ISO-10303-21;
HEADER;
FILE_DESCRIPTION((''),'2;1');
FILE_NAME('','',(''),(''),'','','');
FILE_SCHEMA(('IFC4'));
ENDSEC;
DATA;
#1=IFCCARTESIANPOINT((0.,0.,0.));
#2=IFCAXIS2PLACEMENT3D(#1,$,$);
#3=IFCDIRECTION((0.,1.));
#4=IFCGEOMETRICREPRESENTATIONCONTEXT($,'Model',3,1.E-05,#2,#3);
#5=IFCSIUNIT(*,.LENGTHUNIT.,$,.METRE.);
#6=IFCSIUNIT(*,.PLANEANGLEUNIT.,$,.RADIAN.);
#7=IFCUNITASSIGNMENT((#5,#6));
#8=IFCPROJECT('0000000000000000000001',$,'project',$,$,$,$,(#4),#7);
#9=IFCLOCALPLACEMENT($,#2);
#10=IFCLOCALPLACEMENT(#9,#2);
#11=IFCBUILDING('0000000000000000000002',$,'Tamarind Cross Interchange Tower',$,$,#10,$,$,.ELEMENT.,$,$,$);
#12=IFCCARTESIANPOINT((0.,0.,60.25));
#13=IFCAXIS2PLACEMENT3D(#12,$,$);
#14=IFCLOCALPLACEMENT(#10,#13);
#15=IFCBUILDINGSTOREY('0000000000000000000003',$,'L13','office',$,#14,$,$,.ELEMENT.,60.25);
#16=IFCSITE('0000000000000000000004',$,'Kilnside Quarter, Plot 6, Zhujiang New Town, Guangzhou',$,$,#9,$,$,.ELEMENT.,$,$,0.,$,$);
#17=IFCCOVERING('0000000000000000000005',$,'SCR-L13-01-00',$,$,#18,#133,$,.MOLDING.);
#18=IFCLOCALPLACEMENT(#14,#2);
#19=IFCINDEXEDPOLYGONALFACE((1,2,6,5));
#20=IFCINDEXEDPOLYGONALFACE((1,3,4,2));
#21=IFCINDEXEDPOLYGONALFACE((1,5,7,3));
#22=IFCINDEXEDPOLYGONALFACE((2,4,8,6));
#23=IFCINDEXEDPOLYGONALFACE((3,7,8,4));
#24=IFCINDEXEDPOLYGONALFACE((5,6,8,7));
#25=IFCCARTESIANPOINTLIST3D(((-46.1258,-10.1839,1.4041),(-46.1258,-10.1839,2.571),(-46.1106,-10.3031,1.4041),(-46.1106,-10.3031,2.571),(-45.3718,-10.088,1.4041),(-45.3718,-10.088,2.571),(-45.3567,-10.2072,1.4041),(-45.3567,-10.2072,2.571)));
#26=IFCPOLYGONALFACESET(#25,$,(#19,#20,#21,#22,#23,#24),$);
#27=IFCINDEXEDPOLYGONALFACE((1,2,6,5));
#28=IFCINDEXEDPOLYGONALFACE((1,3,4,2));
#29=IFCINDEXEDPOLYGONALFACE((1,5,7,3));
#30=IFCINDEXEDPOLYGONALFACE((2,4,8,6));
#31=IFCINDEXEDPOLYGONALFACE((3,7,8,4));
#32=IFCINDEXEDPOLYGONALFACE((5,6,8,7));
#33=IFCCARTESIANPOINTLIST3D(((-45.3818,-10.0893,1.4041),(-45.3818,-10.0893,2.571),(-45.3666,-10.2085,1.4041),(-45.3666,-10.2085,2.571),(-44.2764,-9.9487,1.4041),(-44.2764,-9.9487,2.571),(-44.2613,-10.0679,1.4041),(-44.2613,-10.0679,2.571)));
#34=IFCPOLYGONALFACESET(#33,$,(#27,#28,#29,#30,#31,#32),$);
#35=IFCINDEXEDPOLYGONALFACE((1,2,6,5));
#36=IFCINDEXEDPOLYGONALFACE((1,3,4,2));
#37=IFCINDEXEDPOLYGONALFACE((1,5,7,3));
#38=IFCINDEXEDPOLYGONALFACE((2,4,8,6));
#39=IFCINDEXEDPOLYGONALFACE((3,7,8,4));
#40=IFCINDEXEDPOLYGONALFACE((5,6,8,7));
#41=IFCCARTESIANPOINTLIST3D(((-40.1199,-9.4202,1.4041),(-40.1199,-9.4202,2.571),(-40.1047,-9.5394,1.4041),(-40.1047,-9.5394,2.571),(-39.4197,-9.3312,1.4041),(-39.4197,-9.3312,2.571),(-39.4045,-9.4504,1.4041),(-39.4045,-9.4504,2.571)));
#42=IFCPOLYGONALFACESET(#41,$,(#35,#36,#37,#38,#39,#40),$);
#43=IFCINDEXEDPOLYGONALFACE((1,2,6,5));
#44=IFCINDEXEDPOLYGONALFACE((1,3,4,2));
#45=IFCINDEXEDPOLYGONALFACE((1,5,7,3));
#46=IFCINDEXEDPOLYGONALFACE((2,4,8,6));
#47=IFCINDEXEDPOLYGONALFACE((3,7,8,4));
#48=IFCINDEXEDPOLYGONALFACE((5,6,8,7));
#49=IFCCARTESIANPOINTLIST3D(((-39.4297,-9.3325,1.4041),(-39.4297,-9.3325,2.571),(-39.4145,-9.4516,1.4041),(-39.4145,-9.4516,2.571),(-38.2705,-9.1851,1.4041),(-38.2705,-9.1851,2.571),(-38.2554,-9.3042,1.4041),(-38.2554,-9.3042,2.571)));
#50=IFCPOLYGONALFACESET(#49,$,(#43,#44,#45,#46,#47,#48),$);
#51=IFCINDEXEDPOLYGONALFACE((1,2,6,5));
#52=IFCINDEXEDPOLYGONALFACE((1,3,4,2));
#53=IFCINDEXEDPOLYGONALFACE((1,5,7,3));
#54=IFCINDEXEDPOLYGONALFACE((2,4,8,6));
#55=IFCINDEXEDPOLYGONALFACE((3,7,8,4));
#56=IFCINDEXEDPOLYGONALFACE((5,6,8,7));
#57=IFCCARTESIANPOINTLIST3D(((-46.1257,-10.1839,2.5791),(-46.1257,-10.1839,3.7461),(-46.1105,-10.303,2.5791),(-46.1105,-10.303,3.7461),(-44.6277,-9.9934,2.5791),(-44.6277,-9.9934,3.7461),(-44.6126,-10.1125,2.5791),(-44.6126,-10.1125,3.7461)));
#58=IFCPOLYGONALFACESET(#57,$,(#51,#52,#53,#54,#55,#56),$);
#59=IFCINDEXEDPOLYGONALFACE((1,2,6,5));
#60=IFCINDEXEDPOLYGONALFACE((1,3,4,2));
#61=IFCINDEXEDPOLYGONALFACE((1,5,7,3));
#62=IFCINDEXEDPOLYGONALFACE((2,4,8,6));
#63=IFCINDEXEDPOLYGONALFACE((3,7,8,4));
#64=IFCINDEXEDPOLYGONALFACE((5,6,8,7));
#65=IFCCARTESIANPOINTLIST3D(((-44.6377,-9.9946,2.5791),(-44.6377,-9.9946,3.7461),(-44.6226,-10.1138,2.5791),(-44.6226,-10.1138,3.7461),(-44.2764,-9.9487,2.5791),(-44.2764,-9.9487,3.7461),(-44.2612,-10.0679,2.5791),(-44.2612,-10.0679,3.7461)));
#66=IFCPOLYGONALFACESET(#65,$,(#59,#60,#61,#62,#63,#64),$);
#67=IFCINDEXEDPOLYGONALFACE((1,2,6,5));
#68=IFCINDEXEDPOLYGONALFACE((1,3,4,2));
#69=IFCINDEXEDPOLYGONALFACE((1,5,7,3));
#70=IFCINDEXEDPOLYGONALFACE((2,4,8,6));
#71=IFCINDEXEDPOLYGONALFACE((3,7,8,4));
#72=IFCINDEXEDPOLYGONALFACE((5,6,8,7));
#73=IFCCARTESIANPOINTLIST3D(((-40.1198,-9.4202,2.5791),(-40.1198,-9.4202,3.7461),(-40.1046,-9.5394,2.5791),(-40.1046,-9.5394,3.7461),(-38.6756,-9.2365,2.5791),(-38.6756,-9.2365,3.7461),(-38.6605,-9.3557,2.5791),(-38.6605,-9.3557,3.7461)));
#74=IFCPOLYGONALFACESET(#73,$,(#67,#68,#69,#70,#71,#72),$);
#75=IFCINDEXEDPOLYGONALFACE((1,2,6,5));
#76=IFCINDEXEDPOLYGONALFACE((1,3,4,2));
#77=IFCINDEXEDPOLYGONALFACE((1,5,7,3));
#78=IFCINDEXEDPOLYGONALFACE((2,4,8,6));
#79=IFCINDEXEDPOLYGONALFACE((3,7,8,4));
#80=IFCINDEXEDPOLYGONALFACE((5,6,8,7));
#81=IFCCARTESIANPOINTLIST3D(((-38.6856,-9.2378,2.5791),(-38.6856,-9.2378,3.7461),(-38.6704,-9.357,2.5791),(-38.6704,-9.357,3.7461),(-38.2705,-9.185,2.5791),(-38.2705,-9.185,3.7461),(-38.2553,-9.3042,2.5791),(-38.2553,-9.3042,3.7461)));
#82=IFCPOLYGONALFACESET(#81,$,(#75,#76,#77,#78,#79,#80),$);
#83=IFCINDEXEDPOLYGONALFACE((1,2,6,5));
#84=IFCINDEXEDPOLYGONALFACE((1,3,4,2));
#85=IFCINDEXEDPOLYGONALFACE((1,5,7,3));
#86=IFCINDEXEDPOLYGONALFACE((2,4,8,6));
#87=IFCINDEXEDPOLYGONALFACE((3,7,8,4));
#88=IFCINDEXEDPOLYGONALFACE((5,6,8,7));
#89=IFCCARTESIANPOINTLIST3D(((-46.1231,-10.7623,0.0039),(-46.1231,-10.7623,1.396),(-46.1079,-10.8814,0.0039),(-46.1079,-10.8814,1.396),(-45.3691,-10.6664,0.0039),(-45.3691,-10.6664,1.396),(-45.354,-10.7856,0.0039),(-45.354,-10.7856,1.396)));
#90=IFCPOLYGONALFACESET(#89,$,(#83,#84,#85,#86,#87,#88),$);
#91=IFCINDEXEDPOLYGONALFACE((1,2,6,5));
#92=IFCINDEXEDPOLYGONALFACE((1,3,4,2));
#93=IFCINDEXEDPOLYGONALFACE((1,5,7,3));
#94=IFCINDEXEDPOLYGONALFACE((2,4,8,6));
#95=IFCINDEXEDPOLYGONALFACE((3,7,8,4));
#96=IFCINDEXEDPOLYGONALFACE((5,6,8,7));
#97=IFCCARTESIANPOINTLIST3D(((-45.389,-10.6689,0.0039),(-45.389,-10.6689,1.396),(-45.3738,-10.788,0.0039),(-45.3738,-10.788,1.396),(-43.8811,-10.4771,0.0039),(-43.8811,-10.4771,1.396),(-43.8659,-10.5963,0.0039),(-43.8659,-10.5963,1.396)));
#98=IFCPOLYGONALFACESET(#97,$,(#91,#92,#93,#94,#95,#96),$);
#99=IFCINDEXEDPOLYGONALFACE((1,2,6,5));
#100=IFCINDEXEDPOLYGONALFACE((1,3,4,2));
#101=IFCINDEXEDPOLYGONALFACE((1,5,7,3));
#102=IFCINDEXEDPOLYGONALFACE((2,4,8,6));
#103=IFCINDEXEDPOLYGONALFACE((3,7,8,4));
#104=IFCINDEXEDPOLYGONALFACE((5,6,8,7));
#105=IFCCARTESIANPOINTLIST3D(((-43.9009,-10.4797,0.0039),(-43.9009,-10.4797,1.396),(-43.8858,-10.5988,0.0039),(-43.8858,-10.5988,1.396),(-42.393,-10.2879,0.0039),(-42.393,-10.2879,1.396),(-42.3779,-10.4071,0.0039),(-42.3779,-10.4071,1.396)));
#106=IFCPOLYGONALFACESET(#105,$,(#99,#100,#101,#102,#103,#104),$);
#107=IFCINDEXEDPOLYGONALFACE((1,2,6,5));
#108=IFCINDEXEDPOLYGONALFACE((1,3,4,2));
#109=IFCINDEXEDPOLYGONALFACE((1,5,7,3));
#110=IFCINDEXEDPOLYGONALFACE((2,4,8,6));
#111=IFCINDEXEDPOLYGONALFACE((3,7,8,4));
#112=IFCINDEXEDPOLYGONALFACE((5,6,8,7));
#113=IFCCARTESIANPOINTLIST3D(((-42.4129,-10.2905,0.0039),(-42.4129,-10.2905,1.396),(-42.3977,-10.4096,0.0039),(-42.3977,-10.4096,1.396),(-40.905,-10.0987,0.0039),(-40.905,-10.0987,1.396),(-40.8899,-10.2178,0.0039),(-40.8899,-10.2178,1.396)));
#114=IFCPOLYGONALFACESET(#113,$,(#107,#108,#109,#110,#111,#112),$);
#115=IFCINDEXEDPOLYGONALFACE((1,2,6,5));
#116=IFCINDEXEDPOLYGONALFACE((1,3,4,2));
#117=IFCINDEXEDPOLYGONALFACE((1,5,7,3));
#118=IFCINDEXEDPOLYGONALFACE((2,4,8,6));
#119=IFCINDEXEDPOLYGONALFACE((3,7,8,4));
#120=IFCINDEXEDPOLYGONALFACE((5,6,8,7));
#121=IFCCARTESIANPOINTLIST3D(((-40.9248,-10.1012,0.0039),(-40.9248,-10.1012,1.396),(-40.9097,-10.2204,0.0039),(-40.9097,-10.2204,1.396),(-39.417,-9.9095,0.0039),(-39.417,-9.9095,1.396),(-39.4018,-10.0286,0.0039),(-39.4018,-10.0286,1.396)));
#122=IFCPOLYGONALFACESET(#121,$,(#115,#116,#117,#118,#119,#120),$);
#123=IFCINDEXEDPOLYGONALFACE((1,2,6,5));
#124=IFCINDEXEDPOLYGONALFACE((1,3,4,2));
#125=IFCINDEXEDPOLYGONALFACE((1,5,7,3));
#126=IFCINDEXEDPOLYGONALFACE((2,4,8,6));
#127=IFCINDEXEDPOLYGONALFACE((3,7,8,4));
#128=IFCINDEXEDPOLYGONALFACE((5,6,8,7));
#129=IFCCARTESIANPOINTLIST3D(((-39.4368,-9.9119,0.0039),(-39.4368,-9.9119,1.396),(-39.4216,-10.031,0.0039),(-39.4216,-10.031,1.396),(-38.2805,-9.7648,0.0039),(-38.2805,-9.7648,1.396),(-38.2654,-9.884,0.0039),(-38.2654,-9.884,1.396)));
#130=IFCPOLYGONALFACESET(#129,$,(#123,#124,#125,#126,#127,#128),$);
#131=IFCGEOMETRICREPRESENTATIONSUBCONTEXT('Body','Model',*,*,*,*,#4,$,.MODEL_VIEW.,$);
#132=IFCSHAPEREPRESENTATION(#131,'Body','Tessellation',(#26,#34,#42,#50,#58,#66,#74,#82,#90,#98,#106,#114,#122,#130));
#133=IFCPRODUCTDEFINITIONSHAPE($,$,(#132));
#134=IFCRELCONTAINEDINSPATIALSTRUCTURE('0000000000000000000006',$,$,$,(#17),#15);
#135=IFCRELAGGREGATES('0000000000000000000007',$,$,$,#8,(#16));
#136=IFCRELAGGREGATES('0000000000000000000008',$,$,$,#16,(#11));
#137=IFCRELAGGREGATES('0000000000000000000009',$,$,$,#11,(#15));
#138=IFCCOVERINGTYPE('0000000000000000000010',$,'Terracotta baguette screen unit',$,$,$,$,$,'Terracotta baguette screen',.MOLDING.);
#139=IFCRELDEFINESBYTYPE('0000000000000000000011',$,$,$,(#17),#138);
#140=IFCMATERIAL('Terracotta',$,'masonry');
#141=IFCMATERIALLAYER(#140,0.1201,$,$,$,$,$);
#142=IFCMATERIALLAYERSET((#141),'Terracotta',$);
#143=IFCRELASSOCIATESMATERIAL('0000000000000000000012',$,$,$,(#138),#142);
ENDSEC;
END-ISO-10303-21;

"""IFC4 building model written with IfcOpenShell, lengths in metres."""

from ifc_helpers import new_model, si_unit, direction, frame, origin, origin_2d, place, context, subcontext, project, spatial, rectangle, extrude, material, layer, layer_set, type_object, element, save


model = new_model("IFC4")

# Units and contexts
model_context = context("Model", 3, precision=1e-05, world=origin(), true_north=direction((0.0, 1.0)))
body_context = subcontext(model_context, "Body", "Model", "MODEL_VIEW")
ifc_project = project(units=[si_unit("LENGTHUNIT", "METRE"), si_unit("PLANEANGLEUNIT", "RADIAN")], contexts=[model_context])

# Site, building, storey
site_placement = place(None, origin())
site = spatial("IfcSite", under=ifc_project, at=site_placement, Name="Kilnside Quarter, Plot 6, Zhujiang New Town, Guangzhou", CompositionType="ELEMENT", RefElevation=0.0)
building_placement = place(site_placement, origin())
building = spatial("IfcBuilding", under=site, at=building_placement, Name="Tamarind Cross Interchange Tower", CompositionType="ELEMENT")
storey_placement = place(building_placement, frame((0.0, 0.0, 60.25)))
storey = spatial("IfcBuildingStorey", under=building, at=storey_placement, Name="L13", Description="office", CompositionType="ELEMENT", Elevation=60.25)

# Covering
ifc_material_1 = material(Name="Terracotta", Category="masonry")
ifc_layer_1 = layer(ifc_material_1, 0.1201)
ifc_layer_set_1 = layer_set([ifc_layer_1], Name="Terracotta")
covering_type = type_object("IfcCoveringType", Name="Terracotta baguette screen unit", ElementType="Terracotta baguette screen", PredefinedType="MOLDING", material=ifc_layer_set_1)
covering_1_placement = place(storey_placement, origin())
element("IfcCovering", 1, at=covering_1_placement, inside=storey, type_object=covering_type, Name="SCR-L13-01-00", PredefinedType="MOLDING", context=body_context, shape_type="SweptSolid", body=[
    extrude(rectangle(XDim=0.76, YDim=0.1201, at=origin_2d()), frame((-45.7412, -10.1956, 1.4041), z_axis=(0.0, 0.0, 1.0), x_axis=(0.99201, 0.126161, 0.0)), (0.0, 0.0, 1.0), 1.167),
    extrude(rectangle(XDim=1.1143, YDim=0.1201, at=origin_2d()), frame((-44.8215, -10.0786, 1.4041), z_axis=(0.0, 0.0, 1.0), x_axis=(0.99201, 0.126161, 0.0)), (0.0, 0.0, 1.0), 1.167),
    extrude(rectangle(XDim=0.7058, YDim=0.1201, at=origin_2d()), frame((-39.7622, -9.4353, 1.4041), z_axis=(0.0, 0.0, 1.0), x_axis=(0.99201, 0.126161, 0.0)), (0.0, 0.0, 1.0), 1.167),
    extrude(rectangle(XDim=1.1685, YDim=0.1201, at=origin_2d()), frame((-38.8425, -9.3184, 1.4041), z_axis=(0.0, 0.0, 1.0), x_axis=(0.99201, 0.126161, 0.0)), (0.0, 0.0, 1.0), 1.167),
    extrude(rectangle(XDim=1.51, YDim=0.1201, at=origin_2d()), frame((-45.3691, -10.1482, 2.5791), z_axis=(0.0, 0.0, 1.0), x_axis=(0.99201, 0.126161, 0.0)), (0.0, 0.0, 1.0), 1.167),
    extrude(rectangle(XDim=0.3643, YDim=0.1201, at=origin_2d()), frame((-44.4495, -10.0312, 2.5791), z_axis=(0.0, 0.0, 1.0), x_axis=(0.99201, 0.126161, 0.0)), (0.0, 0.0, 1.0), 1.167),
    extrude(rectangle(XDim=1.4558, YDim=0.1201, at=origin_2d()), frame((-39.3901, -9.3879, 2.5791), z_axis=(0.0, 0.0, 1.0), x_axis=(0.99201, 0.126161, 0.0)), (0.0, 0.0, 1.0), 1.167),
    extrude(rectangle(XDim=0.4185, YDim=0.1201, at=origin_2d()), frame((-38.4705, -9.271, 2.5791), z_axis=(0.0, 0.0, 1.0), x_axis=(0.99201, 0.126161, 0.0)), (0.0, 0.0, 1.0), 1.167),
    extrude(rectangle(XDim=0.76, YDim=0.1201, at=origin_2d()), frame((-45.7385, -10.7739, 0.0039), z_axis=(0.0, 0.0, 1.0), x_axis=(0.99201, 0.126161, 0.0)), (0.0, 0.0, 1.0), 1.3921),
    extrude(rectangle(XDim=1.52, YDim=0.1201, at=origin_2d()), frame((-44.6274, -10.6326, 0.0039), z_axis=(0.0, 0.0, 1.0), x_axis=(0.99201, 0.126161, 0.0)), (0.0, 0.0, 1.0), 1.3921),
    extrude(rectangle(XDim=1.52, YDim=0.1201, at=origin_2d()), frame((-43.1394, -10.4434, 0.0039), z_axis=(0.0, 0.0, 1.0), x_axis=(0.99201, 0.126161, 0.0)), (0.0, 0.0, 1.0), 1.3921),
    extrude(rectangle(XDim=1.52, YDim=0.1201, at=origin_2d()), frame((-41.6514, -10.2542, 0.0039), z_axis=(0.0, 0.0, 1.0), x_axis=(0.99201, 0.126161, 0.0)), (0.0, 0.0, 1.0), 1.3921),
    extrude(rectangle(XDim=1.52, YDim=0.1201, at=origin_2d()), frame((-40.1633, -10.0649, 0.0039), z_axis=(0.0, 0.0, 1.0), x_axis=(0.99201, 0.126161, 0.0)), (0.0, 0.0, 1.0), 1.3921),
    extrude(rectangle(XDim=1.1655, YDim=0.1201, at=origin_2d()), frame((-38.8511, -9.8979, 0.0039), z_axis=(0.0, 0.0, 1.0), x_axis=(0.99201, 0.126161, 0.0)), (0.0, 0.0, 1.0), 1.3921),
])

save(model, "model.ifc")
